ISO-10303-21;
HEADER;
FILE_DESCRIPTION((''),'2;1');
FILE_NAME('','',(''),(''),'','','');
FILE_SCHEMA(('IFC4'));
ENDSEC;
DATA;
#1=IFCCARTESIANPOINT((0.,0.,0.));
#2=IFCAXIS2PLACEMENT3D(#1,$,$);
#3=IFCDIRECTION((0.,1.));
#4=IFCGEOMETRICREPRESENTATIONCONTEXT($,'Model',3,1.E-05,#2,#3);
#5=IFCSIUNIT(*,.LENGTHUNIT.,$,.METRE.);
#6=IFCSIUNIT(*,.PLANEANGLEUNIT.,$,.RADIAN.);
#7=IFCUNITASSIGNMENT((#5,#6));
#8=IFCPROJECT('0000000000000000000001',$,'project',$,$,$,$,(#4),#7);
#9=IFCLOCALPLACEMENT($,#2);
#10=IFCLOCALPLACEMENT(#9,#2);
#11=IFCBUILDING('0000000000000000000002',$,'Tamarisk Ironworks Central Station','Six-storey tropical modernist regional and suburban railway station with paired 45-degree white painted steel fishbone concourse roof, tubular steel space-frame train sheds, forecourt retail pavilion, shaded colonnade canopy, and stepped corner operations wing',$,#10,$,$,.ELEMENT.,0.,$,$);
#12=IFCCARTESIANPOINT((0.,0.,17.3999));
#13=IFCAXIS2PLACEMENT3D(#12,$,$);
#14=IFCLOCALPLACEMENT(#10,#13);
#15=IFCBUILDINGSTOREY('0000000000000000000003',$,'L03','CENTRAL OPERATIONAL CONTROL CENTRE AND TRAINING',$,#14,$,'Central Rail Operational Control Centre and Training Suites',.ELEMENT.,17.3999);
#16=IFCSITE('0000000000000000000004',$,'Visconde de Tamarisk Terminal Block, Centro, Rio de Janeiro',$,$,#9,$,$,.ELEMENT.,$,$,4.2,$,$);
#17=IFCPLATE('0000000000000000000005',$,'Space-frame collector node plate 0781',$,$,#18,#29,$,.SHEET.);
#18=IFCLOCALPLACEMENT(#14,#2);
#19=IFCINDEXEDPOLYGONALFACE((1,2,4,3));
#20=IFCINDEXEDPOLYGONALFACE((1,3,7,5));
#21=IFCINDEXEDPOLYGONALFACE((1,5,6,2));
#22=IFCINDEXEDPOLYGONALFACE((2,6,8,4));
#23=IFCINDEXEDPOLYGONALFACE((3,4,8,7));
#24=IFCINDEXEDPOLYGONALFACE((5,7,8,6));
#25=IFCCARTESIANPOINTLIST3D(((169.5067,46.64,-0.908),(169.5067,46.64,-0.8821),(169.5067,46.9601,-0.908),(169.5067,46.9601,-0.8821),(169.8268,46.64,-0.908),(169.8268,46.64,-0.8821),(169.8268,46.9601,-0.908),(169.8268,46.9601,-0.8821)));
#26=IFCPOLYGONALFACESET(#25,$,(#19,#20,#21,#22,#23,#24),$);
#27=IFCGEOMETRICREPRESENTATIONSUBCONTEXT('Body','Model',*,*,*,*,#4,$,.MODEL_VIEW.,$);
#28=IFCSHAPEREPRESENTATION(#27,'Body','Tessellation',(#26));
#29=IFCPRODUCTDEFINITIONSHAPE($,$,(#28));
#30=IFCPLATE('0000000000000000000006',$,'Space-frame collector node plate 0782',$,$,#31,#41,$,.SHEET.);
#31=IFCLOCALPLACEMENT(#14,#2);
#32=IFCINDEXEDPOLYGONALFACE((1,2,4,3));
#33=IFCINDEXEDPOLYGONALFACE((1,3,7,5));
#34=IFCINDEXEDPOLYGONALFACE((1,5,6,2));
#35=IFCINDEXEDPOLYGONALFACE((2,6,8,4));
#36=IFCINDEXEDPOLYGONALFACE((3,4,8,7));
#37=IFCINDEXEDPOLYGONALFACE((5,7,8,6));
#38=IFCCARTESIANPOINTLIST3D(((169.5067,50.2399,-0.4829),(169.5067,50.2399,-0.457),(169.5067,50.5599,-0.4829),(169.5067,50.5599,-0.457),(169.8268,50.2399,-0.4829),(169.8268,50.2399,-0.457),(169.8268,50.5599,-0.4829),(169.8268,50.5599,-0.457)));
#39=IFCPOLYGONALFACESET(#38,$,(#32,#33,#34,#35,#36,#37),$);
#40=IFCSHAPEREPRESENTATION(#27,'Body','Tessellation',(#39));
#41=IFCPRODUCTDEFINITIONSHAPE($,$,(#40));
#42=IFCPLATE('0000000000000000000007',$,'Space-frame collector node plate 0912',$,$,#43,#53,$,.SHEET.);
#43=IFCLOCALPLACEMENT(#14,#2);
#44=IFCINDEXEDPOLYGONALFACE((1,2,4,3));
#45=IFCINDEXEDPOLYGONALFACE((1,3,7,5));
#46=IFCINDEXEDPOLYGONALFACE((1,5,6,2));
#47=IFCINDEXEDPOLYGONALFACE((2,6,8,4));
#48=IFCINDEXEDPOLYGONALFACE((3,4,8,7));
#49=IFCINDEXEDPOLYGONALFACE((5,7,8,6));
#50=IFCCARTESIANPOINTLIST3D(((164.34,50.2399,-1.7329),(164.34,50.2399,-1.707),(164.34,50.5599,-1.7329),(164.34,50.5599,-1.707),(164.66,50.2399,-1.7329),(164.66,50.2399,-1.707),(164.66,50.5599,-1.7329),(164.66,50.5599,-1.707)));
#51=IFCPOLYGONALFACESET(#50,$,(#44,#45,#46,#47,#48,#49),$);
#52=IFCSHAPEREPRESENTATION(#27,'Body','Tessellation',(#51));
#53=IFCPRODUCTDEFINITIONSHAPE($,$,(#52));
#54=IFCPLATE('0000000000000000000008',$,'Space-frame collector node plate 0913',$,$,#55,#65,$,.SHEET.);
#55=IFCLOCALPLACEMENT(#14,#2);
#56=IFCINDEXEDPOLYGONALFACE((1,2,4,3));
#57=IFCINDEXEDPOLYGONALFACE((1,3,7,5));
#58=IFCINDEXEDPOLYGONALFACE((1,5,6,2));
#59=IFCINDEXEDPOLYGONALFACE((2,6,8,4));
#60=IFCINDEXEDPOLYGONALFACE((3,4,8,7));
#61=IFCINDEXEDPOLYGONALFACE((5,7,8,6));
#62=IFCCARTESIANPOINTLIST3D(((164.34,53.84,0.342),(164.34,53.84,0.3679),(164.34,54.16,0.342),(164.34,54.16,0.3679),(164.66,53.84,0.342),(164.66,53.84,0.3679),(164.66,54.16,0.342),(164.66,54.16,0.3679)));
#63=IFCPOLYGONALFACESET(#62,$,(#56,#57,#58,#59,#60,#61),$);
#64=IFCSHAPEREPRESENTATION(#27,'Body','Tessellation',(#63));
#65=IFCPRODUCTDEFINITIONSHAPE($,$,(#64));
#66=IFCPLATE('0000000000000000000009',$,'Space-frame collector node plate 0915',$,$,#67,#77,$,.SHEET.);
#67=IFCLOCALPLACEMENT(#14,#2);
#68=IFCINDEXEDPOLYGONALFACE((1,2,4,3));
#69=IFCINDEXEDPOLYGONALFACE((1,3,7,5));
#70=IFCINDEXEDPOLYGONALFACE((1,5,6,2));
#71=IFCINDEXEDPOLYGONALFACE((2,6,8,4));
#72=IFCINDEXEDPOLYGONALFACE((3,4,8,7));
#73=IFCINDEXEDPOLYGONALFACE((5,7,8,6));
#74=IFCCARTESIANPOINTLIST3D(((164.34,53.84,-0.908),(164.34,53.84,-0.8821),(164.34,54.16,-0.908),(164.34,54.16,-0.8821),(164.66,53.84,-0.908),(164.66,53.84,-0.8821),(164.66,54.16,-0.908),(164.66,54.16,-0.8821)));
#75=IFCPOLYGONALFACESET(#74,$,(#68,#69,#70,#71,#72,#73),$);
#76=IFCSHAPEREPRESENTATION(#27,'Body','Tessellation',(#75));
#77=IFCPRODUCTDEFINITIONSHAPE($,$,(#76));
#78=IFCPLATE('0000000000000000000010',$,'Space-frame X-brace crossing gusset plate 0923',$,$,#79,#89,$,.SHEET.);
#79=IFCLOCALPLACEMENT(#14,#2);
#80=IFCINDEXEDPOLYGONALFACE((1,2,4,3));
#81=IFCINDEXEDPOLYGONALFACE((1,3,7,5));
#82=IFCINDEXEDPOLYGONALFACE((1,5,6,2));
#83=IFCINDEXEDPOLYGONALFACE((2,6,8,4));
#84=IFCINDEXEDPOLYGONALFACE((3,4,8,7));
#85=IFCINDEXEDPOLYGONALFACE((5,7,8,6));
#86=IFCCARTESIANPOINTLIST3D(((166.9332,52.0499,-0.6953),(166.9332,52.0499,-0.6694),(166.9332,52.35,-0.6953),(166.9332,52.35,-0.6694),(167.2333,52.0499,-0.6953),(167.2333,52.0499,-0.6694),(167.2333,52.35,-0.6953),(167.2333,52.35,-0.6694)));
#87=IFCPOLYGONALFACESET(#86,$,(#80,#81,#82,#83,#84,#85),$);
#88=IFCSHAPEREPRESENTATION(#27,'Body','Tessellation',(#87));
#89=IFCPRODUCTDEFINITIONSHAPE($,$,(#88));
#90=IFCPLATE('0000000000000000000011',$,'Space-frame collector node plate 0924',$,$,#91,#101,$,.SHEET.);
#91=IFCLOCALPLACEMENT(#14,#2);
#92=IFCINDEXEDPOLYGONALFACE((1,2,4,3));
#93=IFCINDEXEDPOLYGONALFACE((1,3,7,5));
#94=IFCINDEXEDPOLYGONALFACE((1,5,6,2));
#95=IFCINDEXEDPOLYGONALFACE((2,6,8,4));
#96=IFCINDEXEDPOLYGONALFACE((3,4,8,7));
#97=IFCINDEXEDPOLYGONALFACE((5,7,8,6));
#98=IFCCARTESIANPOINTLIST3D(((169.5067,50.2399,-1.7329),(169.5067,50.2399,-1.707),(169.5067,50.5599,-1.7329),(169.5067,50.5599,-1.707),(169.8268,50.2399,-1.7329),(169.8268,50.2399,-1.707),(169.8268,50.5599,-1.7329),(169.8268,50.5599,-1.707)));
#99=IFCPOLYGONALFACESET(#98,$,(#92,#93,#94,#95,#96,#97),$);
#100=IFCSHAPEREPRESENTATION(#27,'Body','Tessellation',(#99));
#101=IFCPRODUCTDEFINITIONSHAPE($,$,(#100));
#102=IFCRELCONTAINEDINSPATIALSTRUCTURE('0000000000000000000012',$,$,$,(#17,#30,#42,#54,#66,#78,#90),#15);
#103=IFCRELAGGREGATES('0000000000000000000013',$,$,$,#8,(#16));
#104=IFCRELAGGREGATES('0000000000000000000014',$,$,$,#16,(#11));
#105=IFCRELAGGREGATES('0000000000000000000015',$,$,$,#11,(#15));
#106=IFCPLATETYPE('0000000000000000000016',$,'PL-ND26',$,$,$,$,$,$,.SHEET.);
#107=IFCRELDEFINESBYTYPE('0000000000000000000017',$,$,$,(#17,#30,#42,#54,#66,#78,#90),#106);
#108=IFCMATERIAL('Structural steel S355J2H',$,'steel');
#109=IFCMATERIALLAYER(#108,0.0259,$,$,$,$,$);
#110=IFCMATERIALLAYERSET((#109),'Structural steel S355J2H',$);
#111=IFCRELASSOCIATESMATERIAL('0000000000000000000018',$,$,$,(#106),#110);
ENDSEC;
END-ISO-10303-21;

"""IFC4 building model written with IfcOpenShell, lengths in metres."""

from ifc_helpers import new_model, si_unit, direction, frame, origin, origin_2d, place, context, subcontext, project, spatial, rectangle, extrude, material, layer, layer_set, type_object, element, save


model = new_model("IFC4")

# Units and contexts
model_context = context("Model", 3, precision=1e-05, world=origin(), true_north=direction((0.0, 1.0)))
body_context = subcontext(model_context, "Body", "Model", "MODEL_VIEW")
ifc_project = project(units=[si_unit("LENGTHUNIT", "METRE"), si_unit("PLANEANGLEUNIT", "RADIAN")], contexts=[model_context])

# Site, building, storey
site_placement = place(None, origin())
site = spatial("IfcSite", under=ifc_project, at=site_placement, Name="Visconde de Tamarisk Terminal Block, Centro, Rio de Janeiro", CompositionType="ELEMENT", RefElevation=4.2)
building_placement = place(site_placement, origin())
building = spatial("IfcBuilding", under=site, at=building_placement, Name="Tamarisk Ironworks Central Station", Description="Six-storey tropical modernist regional and suburban railway station with paired 45-degree white painted steel fishbone concourse roof, tubular steel space-frame train sheds, forecourt retail pavilion, shaded colonnade canopy, and stepped corner operations wing", CompositionType="ELEMENT", ElevationOfRefHeight=0.0)
storey_placement = place(building_placement, frame((0.0, 0.0, 17.3999)))
storey = spatial("IfcBuildingStorey", under=building, at=storey_placement, Name="L03", Description="CENTRAL OPERATIONAL CONTROL CENTRE AND TRAINING", LongName="Central Rail Operational Control Centre and Training Suites", CompositionType="ELEMENT", Elevation=17.3999)

# Shared definitions
ifc_material_1 = material(Name="Structural steel S355J2H", Category="steel")

# Plates
ifc_layer = layer(ifc_material_1, 0.0259)
ifc_layer_set = layer_set([ifc_layer], Name="Structural steel S355J2H")
plate_type = type_object("IfcPlateType", Name="PL-ND26", PredefinedType="SHEET", material=ifc_layer_set)
for number, where, z_axis, x_axis, name in (
    (1, (169.6667, 46.8, -0.908), (0.0, 0.0, 1.0), (1.0, 0.0, 0.0), "Space-frame collector node plate 0781"),
    (2, (169.6667, 50.3999, -0.4829), (0.0, 0.0, 1.0), (1.0, 0.0, 0.0), "Space-frame collector node plate 0782"),
    (3, (164.5, 50.3999, -1.7329), (0.0, 0.0, 1.0), (1.0, 0.0, 0.0), "Space-frame collector node plate 0912"),
    (4, (164.5, 54.0, 0.342), (0.0, 0.0, 1.0), (1.0, 0.0, 0.0), "Space-frame collector node plate 0913"),
    (5, (164.5, 54.0, -0.908), (0.0, 0.0, 1.0), (1.0, 0.0, 0.0), "Space-frame collector node plate 0915"),
):
    element("IfcPlate", number, at=place(storey_placement, frame(where, z_axis=z_axis, x_axis=x_axis)), inside=storey, type_object=plate_type, Name=name, PredefinedType="SHEET", context=body_context, shape_type="SweptSolid", body=[
        extrude(rectangle(XDim=0.3201, YDim=0.3201, at=origin_2d()), origin(), (0.0, 0.0, 1.0), 0.0259),
    ])
plate_1_placement = place(storey_placement, frame((167.0833, 52.2, -0.6953), z_axis=(0.0, 0.0, 1.0), x_axis=(1.0, 0.0, 0.0)))
element("IfcPlate", 6, at=plate_1_placement, inside=storey, type_object=plate_type, Name="Space-frame X-brace crossing gusset plate 0923", PredefinedType="SHEET", context=body_context, shape_type="SweptSolid", body=[
    extrude(rectangle(XDim=0.3, YDim=0.3, at=origin_2d()), origin(), (0.0, 0.0, 1.0), 0.0259),
])
plate_2_placement = place(storey_placement, frame((169.6667, 50.3999, -1.7329), z_axis=(0.0, 0.0, 1.0), x_axis=(1.0, 0.0, 0.0)))
element("IfcPlate", 7, at=plate_2_placement, inside=storey, type_object=plate_type, Name="Space-frame collector node plate 0924", PredefinedType="SHEET", context=body_context, shape_type="SweptSolid", body=[
    extrude(rectangle(XDim=0.3201, YDim=0.3201, at=origin_2d()), origin(), (0.0, 0.0, 1.0), 0.0259),
])

save(model, "model.ifc")
